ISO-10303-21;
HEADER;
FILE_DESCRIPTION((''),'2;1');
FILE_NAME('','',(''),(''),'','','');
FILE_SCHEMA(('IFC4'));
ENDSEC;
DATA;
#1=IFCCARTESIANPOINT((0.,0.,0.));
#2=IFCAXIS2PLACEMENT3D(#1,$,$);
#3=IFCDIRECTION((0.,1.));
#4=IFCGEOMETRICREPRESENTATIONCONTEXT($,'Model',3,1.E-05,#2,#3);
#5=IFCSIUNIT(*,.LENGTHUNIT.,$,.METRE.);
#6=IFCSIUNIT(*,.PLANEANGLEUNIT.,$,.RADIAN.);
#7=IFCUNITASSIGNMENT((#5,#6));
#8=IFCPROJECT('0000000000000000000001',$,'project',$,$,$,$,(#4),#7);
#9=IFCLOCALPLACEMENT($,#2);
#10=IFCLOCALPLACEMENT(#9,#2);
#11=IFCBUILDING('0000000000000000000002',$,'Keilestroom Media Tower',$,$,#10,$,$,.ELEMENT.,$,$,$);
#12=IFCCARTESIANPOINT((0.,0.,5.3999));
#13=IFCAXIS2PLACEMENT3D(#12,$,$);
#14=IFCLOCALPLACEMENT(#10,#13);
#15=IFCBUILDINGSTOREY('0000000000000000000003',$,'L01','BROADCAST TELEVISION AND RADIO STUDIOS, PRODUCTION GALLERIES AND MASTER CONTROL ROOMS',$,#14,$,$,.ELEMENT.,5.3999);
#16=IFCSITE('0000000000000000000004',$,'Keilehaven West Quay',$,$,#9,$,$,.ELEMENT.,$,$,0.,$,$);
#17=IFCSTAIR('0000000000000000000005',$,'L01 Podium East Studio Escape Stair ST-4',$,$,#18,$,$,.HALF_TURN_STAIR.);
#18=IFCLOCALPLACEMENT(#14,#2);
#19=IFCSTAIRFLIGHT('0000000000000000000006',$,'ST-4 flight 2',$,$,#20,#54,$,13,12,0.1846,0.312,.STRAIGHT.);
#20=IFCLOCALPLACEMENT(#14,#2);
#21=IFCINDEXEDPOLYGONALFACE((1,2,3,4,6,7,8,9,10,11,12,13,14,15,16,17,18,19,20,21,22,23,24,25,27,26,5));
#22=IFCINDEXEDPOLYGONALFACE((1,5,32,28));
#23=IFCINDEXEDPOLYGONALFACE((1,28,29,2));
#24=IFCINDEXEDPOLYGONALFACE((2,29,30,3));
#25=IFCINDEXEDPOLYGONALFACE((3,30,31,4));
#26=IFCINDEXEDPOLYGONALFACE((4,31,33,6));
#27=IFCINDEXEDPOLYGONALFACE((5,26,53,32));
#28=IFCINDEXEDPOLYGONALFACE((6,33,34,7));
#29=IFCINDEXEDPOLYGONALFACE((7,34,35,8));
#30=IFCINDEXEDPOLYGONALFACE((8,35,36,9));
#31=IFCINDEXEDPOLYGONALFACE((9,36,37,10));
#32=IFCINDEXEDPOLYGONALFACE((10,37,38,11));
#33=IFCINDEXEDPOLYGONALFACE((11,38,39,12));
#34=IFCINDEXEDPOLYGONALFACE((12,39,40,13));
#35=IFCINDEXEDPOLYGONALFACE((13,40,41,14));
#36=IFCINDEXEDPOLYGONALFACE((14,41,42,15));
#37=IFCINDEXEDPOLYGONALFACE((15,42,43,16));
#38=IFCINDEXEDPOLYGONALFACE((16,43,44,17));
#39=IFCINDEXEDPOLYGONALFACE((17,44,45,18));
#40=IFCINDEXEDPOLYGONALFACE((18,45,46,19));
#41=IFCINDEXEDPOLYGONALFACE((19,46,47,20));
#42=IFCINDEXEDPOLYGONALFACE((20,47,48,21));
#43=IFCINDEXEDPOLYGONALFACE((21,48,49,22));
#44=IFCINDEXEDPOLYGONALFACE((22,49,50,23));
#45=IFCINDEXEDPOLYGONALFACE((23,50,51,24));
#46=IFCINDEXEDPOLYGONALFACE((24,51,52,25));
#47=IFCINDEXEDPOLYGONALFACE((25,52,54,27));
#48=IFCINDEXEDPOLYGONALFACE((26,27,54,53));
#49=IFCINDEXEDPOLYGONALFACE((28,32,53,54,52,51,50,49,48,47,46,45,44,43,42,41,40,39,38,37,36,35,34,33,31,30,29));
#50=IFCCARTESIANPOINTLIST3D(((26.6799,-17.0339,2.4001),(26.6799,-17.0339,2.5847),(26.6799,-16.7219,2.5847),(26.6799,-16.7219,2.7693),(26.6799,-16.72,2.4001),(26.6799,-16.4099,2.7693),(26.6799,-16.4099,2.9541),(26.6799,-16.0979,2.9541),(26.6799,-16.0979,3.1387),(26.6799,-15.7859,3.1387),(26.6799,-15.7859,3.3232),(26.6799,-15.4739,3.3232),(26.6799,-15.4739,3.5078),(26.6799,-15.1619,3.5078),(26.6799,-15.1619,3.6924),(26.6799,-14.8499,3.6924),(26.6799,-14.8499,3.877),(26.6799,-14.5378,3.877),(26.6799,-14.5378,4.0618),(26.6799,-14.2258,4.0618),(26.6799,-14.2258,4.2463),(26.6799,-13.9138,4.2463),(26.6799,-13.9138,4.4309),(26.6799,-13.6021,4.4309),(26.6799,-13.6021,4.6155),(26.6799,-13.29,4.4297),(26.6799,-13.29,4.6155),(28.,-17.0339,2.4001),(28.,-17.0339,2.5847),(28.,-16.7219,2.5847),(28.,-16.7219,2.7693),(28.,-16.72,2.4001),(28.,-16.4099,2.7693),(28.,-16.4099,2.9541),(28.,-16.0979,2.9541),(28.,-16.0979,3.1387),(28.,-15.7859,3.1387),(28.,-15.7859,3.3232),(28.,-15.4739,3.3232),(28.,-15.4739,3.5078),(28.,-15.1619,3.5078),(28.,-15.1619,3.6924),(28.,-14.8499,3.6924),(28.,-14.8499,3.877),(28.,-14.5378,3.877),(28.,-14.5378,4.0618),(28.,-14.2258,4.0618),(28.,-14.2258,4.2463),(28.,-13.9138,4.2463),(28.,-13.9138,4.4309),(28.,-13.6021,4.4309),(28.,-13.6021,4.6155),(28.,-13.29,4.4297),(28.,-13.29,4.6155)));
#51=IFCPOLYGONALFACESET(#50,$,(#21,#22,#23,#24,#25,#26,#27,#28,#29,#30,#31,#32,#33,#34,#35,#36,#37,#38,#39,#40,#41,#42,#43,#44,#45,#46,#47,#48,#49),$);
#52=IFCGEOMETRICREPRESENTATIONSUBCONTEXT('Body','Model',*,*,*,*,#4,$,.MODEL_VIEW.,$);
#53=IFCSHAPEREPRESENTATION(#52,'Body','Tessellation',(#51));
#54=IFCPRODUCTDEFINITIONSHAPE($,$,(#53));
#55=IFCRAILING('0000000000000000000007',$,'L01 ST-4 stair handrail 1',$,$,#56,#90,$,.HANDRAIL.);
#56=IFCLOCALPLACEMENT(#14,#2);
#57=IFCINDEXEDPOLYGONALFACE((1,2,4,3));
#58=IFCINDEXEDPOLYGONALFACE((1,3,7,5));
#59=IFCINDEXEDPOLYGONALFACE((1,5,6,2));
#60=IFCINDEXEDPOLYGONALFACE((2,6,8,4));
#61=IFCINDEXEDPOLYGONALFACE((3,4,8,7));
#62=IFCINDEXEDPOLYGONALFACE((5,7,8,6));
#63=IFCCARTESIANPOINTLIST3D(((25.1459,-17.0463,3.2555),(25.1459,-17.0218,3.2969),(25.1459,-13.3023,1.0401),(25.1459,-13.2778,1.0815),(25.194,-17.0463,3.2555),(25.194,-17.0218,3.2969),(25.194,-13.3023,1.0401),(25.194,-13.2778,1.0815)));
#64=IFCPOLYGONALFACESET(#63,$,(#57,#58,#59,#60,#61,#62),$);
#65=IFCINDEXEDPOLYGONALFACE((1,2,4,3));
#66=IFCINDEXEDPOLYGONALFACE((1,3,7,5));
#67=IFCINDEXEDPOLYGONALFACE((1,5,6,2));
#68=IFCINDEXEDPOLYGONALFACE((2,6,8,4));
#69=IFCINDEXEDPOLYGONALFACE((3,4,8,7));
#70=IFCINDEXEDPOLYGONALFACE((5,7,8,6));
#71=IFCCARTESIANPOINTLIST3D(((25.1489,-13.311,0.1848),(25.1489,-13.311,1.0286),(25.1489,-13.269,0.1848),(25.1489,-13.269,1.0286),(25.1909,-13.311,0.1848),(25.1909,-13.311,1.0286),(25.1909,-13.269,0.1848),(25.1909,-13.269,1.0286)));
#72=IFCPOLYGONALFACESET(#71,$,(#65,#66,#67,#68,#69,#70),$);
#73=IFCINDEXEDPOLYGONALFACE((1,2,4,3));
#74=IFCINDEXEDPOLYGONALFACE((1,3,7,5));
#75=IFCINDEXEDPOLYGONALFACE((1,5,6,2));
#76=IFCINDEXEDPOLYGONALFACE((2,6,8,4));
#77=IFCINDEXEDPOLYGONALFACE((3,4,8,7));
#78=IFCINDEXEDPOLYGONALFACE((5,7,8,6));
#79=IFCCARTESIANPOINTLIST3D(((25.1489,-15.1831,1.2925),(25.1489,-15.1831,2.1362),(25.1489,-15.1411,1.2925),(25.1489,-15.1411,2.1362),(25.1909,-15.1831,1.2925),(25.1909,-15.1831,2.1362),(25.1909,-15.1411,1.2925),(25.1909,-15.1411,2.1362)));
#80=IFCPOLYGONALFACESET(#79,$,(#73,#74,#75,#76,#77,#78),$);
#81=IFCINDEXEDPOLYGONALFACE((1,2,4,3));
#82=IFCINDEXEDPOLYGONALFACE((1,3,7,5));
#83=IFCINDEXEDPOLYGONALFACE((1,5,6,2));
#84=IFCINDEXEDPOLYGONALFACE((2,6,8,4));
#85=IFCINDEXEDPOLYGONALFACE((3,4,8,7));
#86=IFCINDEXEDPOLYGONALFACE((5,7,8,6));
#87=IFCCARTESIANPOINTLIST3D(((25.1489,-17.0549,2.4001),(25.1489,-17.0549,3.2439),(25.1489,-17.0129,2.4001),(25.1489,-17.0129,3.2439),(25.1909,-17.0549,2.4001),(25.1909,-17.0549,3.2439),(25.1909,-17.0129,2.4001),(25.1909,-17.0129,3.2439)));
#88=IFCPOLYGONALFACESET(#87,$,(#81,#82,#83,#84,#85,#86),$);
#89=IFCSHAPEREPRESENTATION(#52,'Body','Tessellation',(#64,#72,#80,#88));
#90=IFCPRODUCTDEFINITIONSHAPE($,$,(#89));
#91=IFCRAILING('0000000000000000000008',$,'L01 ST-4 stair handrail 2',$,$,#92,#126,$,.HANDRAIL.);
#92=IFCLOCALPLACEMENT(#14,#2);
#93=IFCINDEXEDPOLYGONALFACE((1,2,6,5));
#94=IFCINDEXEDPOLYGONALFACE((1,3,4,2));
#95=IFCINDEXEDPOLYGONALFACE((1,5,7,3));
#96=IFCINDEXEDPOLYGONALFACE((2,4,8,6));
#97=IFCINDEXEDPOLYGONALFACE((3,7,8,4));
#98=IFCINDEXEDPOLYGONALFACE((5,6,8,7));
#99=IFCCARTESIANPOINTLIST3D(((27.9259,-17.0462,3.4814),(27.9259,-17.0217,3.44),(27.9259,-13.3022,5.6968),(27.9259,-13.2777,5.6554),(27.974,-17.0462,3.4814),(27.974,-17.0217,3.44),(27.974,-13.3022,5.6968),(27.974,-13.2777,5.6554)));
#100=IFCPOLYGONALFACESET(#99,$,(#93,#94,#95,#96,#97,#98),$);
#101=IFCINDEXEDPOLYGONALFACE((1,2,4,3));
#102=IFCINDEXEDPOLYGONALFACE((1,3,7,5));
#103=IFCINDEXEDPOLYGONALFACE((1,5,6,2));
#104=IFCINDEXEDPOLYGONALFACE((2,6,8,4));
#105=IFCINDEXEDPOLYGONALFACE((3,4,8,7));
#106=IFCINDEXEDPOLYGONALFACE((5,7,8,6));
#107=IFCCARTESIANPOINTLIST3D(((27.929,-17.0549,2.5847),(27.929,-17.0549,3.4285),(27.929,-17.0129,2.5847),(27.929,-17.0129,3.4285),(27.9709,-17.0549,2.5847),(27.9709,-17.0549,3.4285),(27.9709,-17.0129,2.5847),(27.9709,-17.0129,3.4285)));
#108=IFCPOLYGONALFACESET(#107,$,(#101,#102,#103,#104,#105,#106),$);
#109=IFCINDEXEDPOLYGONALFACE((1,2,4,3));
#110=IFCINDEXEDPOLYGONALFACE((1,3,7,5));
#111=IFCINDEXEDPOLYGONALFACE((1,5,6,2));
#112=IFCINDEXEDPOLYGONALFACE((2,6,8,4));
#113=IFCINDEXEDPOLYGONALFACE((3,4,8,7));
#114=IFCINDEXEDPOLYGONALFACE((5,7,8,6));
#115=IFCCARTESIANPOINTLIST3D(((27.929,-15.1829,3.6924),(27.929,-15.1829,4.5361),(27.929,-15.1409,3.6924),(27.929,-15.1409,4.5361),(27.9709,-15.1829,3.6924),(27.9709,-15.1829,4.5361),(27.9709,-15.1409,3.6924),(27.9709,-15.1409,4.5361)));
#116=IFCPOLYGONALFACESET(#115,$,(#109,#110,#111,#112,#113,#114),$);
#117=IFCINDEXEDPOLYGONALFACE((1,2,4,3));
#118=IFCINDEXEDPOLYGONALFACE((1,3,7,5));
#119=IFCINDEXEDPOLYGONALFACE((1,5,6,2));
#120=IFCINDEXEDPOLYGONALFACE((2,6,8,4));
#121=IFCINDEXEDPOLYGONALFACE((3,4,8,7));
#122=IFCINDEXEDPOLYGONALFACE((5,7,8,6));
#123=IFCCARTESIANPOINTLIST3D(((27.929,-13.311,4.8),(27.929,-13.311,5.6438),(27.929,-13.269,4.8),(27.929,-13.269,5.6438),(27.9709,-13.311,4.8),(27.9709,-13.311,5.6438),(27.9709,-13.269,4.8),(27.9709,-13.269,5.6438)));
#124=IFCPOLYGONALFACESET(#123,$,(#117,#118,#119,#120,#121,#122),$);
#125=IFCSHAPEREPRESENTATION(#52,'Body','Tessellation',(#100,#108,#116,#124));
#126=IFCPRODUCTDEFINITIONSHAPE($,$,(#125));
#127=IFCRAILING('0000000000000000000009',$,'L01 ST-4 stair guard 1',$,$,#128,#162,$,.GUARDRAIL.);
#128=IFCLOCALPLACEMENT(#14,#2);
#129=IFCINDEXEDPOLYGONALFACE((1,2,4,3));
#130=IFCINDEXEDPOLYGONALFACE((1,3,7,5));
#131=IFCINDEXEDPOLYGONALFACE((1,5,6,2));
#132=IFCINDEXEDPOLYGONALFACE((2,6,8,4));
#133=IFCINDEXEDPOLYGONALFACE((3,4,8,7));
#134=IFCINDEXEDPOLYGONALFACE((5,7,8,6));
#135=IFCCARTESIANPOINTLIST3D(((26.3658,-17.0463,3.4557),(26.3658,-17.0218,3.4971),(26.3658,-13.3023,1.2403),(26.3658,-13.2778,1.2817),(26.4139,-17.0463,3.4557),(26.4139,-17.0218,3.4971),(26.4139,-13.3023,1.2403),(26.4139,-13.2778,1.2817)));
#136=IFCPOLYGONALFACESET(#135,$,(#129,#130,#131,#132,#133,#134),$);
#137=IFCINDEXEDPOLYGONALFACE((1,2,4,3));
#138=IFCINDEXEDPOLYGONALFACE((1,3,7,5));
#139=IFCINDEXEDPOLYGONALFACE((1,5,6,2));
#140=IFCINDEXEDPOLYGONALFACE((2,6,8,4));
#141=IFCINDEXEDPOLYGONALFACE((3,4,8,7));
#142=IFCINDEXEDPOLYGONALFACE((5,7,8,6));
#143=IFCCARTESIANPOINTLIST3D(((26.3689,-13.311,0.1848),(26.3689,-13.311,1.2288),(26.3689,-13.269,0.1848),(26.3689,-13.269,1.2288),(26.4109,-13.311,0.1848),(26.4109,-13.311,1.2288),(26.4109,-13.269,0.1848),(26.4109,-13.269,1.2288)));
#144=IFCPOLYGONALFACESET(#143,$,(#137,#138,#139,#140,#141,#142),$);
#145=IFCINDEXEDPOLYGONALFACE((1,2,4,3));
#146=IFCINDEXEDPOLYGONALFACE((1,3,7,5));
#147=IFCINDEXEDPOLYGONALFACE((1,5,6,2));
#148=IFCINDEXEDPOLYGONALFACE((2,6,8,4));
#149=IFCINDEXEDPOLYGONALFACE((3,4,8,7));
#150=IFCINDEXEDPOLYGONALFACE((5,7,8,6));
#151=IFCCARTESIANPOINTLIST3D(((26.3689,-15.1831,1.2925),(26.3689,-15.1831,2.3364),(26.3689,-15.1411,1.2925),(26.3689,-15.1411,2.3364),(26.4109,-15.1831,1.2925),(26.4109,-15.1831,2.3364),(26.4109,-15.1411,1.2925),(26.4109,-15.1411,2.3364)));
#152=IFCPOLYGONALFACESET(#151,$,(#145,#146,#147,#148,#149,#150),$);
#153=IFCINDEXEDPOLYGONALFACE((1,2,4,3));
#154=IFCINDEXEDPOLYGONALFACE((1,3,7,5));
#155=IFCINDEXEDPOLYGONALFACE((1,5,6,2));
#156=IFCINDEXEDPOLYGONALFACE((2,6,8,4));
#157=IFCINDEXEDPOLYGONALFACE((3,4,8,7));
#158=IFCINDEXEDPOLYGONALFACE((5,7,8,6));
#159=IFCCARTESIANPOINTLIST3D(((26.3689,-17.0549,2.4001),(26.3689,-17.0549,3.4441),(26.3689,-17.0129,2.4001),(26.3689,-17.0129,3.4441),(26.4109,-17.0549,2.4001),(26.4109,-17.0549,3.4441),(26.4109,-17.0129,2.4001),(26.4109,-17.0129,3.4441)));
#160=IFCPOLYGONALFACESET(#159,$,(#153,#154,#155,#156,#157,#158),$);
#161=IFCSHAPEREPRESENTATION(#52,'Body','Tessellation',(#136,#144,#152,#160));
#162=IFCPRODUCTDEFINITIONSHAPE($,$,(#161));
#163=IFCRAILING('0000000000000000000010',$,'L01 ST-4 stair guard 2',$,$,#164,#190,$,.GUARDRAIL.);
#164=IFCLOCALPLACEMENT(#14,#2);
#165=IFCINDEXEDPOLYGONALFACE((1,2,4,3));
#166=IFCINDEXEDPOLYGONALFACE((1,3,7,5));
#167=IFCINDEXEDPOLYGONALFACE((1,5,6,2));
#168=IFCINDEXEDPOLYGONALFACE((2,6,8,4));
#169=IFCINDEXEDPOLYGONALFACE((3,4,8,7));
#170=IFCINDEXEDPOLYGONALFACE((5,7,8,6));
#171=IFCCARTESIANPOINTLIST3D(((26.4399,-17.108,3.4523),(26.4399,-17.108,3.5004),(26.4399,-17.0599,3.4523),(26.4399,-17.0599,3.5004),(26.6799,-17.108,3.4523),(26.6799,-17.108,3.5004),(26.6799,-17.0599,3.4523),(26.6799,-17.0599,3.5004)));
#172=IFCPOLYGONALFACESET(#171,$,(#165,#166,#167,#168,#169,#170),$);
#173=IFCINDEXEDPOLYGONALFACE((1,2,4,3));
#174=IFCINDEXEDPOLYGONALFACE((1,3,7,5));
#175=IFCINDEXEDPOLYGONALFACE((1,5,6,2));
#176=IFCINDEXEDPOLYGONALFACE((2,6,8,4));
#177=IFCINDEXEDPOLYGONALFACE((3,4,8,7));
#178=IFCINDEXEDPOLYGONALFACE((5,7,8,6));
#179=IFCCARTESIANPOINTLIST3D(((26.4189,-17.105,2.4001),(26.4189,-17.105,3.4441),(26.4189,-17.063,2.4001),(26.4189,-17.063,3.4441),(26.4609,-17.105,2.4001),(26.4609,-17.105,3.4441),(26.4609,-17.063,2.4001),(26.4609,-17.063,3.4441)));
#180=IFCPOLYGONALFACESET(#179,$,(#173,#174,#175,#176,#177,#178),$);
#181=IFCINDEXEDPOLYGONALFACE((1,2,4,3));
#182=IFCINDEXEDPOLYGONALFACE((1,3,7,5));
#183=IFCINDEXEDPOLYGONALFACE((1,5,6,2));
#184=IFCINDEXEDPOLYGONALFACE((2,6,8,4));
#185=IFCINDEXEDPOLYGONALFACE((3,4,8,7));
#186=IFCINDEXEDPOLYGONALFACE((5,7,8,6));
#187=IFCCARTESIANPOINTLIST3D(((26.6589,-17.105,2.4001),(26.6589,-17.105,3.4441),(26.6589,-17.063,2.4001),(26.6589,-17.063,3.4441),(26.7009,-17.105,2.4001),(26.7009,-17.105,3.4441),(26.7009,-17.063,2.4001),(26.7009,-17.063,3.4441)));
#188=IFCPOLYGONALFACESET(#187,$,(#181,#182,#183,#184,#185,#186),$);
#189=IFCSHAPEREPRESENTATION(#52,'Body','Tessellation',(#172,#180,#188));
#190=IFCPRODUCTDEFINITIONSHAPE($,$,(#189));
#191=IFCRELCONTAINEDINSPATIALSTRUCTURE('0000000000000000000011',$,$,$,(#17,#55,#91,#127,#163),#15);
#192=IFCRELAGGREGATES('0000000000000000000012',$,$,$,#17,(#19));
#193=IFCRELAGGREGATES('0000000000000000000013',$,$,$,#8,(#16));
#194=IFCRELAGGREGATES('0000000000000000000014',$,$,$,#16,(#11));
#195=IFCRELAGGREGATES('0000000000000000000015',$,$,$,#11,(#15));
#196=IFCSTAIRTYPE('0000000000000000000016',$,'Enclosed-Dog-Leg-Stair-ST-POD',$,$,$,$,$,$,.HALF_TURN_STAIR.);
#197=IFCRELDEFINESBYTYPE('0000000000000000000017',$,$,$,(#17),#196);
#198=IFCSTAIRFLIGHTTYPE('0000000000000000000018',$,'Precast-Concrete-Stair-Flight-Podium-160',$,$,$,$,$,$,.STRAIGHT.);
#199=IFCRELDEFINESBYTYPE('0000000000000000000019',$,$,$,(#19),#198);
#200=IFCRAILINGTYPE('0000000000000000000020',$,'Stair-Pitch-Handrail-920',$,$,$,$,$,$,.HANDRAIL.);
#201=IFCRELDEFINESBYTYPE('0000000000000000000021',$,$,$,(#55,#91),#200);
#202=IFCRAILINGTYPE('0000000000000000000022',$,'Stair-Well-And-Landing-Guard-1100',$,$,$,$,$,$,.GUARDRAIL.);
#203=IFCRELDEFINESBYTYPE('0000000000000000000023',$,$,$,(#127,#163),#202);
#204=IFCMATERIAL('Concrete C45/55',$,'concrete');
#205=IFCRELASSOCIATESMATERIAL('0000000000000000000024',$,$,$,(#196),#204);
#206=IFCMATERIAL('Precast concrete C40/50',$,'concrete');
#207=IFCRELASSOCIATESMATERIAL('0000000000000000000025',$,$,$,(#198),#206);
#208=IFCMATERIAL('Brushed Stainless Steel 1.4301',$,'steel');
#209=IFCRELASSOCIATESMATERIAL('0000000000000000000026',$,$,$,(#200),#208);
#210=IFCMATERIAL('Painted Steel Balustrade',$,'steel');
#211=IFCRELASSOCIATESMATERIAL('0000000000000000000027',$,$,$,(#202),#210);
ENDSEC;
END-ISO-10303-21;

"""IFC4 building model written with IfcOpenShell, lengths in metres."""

from ifc_helpers import new_model, si_unit, direction, frame, origin, origin_2d, place, context, subcontext, project, spatial, polyline, rectangle, outline, extrude, material, type_object, element, aggregate, save


model = new_model("IFC4")

# Units and contexts
model_context = context("Model", 3, precision=1e-05, world=origin(), true_north=direction((0.0, 1.0)))
body_context = subcontext(model_context, "Body", "Model", "MODEL_VIEW")
ifc_project = project(units=[si_unit("LENGTHUNIT", "METRE"), si_unit("PLANEANGLEUNIT", "RADIAN")], contexts=[model_context])

# Site, building, storey
site_placement = place(None, origin())
site = spatial("IfcSite", under=ifc_project, at=site_placement, Name="Keilehaven West Quay", CompositionType="ELEMENT", RefElevation=0.0)
building_placement = place(site_placement, origin())
building = spatial("IfcBuilding", under=site, at=building_placement, Name="Keilestroom Media Tower", CompositionType="ELEMENT")
storey_placement = place(building_placement, frame((0.0, 0.0, 5.3999)))
storey = spatial("IfcBuildingStorey", under=building, at=storey_placement, Name="L01", Description="BROADCAST TELEVISION AND RADIO STUDIOS, PRODUCTION GALLERIES AND MASTER CONTROL ROOMS", CompositionType="ELEMENT", Elevation=5.3999)

# Shared definitions
ifc_material_1 = material(Name="Precast concrete C40/50", Category="concrete")

# Stair, stair flight
ifc_material_2 = material(Name="Concrete C45/55", Category="concrete")
stair_type = type_object("IfcStairType", Name="Enclosed-Dog-Leg-Stair-ST-POD", PredefinedType="HALF_TURN_STAIR", material=ifc_material_2)
stair_placement = place(storey_placement, origin())
stair = element("IfcStair", 1, at=stair_placement, inside=storey, type_object=stair_type, Name="L01 Podium East Studio Escape Stair ST-4", PredefinedType="HALF_TURN_STAIR")
stair_flight_type = type_object("IfcStairFlightType", Name="Precast-Concrete-Stair-Flight-Podium-160", PredefinedType="STRAIGHT", material=ifc_material_1)
stair_flight_1_placement = place(storey_placement, frame((27.3401, -17.0339, 2.4001), z_axis=(0.0, 0.0, 1.0), x_axis=(0.0, 1.0, 0.0)))
stair_flight_1 = element("IfcStairFlight", 2, at=stair_flight_1_placement, type_object=stair_flight_type, Name="ST-4 flight 2", NumberOfRisers=13, NumberOfTreads=12, PredefinedType="STRAIGHT", RiserHeight=0.1846, TreadLength=0.312, context=body_context, shape_type="SweptSolid", body=[
    extrude(outline(polyline([(0.0, 0.0), (0.0, 0.1846), (0.312, 0.1846), (0.312, 0.3691), (0.624, 0.3691), (0.624, 0.554), (0.936, 0.554), (0.936, 0.7385), (1.248, 0.7385), (1.248, 0.9231), (1.5601, 0.9231), (1.5601, 1.1077), (1.8721, 1.1077), (1.8721, 1.2922), (2.1841, 1.2922), (2.1841, 1.4768), (2.4961, 1.4768), (2.4961, 1.6616), (2.8081, 1.6616), (2.8081, 1.8462), (3.1201, 1.8462), (3.1201, 2.0308), (3.4319, 2.0308), (3.4319, 2.2153), (3.7439, 2.2153), (3.7439, 2.3999), (3.7439, 2.0295), (0.314, 0.0), (0.0, 0.0)])), frame((0.0, 0.6602, 0.0), z_axis=(0.0, -1.0, 0.0), x_axis=(1.0, 0.0, 0.0)), (0.0, 0.0, 1.0), 1.3201),
])
aggregate(stair, [stair_flight_1])

# Railings
ifc_material_3 = material(Name="Brushed Stainless Steel 1.4301", Category="steel")
railing_type_1 = type_object("IfcRailingType", Name="Stair-Pitch-Handrail-920", PredefinedType="HANDRAIL", material=ifc_material_3)
railing_1_placement = place(storey_placement, frame((25.1699, -13.29, 0.1848)))
element("IfcRailing", 3, at=railing_1_placement, inside=storey, type_object=railing_type_1, Name="L01 ST-4 stair handrail 1", PredefinedType="HANDRAIL", context=body_context, shape_type="SweptSolid", body=[
    extrude(rectangle(XDim=0.0481, YDim=0.0481, at=origin_2d()), frame((0.0, 0.0, 0.876), z_axis=(0.0, -0.860621, 0.509245), x_axis=(1.0, 0.0, 0.0)), (0.0, 0.0, 1.0), 4.3503),
    extrude(rectangle(XDim=0.042, YDim=0.042, at=origin_2d()), origin(), (0.0, 0.0, 1.0), 0.8438),
    extrude(rectangle(XDim=0.042, YDim=0.042, at=origin_2d()), frame((0.0, -1.8721, 1.1077)), (0.0, 0.0, 1.0), 0.8438),
    extrude(rectangle(XDim=0.042, YDim=0.042, at=origin_2d()), frame((0.0, -3.7439, 2.2153)), (0.0, 0.0, 1.0), 0.8438),
])
railing_2_placement = place(storey_placement, frame((27.95, -17.0339, 2.5847)))
element("IfcRailing", 4, at=railing_2_placement, inside=storey, type_object=railing_type_1, Name="L01 ST-4 stair handrail 2", PredefinedType="HANDRAIL", context=body_context, shape_type="SweptSolid", body=[
    extrude(rectangle(XDim=0.0481, YDim=0.0481, at=origin_2d()), frame((0.0, 0.0, 0.876), z_axis=(0.0, 0.860621, 0.509245), x_axis=(-1.0, 0.0, 0.0)), (0.0, 0.0, 1.0), 4.3503),
    extrude(rectangle(XDim=0.042, YDim=0.042, at=origin_2d()), origin(), (0.0, 0.0, 1.0), 0.8438),
    extrude(rectangle(XDim=0.042, YDim=0.042, at=origin_2d()), frame((0.0, 1.8721, 1.1077)), (0.0, 0.0, 1.0), 0.8438),
    extrude(rectangle(XDim=0.042, YDim=0.042, at=origin_2d()), frame((0.0, 3.7439, 2.2153)), (0.0, 0.0, 1.0), 0.8438),
])
ifc_material_4 = material(Name="Painted Steel Balustrade", Category="steel")
railing_type_2 = type_object("IfcRailingType", Name="Stair-Well-And-Landing-Guard-1100", PredefinedType="GUARDRAIL", material=ifc_material_4)
railing_3_placement = place(storey_placement, frame((26.3899, -13.29, 0.1848)))
element("IfcRailing", 5, at=railing_3_placement, inside=storey, type_object=railing_type_2, Name="L01 ST-4 stair guard 1", PredefinedType="GUARDRAIL", context=body_context, shape_type="SweptSolid", body=[
    extrude(rectangle(XDim=0.0481, YDim=0.0481, at=origin_2d()), frame((0.0, 0.0, 1.0762), z_axis=(0.0, -0.860621, 0.509245), x_axis=(1.0, 0.0, 0.0)), (0.0, 0.0, 1.0), 4.3503),
    extrude(rectangle(XDim=0.042, YDim=0.042, at=origin_2d()), origin(), (0.0, 0.0, 1.0), 1.0439),
    extrude(rectangle(XDim=0.042, YDim=0.042, at=origin_2d()), frame((0.0, -1.8721, 1.1077)), (0.0, 0.0, 1.0), 1.0439),
    extrude(rectangle(XDim=0.042, YDim=0.042, at=origin_2d()), frame((0.0, -3.7439, 2.2153)), (0.0, 0.0, 1.0), 1.0439),
])
railing_4_placement = place(storey_placement, frame((26.4399, -17.084, 2.4001)))
element("IfcRailing", 6, at=railing_4_placement, inside=storey, type_object=railing_type_2, Name="L01 ST-4 stair guard 2", PredefinedType="GUARDRAIL", context=body_context, shape_type="SweptSolid", body=[
    extrude(rectangle(XDim=0.0481, YDim=0.0481, at=origin_2d()), frame((0.0, 0.0, 1.0762), z_axis=(1.0, 0.0, 0.0), x_axis=(0.0, 1.0, 0.0)), (0.0, 0.0, 1.0), 0.24),
    extrude(rectangle(XDim=0.042, YDim=0.042, at=origin_2d()), origin(), (0.0, 0.0, 1.0), 1.0439),
    extrude(rectangle(XDim=0.042, YDim=0.042, at=origin_2d()), frame((0.24, 0.0, 0.0)), (0.0, 0.0, 1.0), 1.0439),
])

save(model, "model.ifc")
